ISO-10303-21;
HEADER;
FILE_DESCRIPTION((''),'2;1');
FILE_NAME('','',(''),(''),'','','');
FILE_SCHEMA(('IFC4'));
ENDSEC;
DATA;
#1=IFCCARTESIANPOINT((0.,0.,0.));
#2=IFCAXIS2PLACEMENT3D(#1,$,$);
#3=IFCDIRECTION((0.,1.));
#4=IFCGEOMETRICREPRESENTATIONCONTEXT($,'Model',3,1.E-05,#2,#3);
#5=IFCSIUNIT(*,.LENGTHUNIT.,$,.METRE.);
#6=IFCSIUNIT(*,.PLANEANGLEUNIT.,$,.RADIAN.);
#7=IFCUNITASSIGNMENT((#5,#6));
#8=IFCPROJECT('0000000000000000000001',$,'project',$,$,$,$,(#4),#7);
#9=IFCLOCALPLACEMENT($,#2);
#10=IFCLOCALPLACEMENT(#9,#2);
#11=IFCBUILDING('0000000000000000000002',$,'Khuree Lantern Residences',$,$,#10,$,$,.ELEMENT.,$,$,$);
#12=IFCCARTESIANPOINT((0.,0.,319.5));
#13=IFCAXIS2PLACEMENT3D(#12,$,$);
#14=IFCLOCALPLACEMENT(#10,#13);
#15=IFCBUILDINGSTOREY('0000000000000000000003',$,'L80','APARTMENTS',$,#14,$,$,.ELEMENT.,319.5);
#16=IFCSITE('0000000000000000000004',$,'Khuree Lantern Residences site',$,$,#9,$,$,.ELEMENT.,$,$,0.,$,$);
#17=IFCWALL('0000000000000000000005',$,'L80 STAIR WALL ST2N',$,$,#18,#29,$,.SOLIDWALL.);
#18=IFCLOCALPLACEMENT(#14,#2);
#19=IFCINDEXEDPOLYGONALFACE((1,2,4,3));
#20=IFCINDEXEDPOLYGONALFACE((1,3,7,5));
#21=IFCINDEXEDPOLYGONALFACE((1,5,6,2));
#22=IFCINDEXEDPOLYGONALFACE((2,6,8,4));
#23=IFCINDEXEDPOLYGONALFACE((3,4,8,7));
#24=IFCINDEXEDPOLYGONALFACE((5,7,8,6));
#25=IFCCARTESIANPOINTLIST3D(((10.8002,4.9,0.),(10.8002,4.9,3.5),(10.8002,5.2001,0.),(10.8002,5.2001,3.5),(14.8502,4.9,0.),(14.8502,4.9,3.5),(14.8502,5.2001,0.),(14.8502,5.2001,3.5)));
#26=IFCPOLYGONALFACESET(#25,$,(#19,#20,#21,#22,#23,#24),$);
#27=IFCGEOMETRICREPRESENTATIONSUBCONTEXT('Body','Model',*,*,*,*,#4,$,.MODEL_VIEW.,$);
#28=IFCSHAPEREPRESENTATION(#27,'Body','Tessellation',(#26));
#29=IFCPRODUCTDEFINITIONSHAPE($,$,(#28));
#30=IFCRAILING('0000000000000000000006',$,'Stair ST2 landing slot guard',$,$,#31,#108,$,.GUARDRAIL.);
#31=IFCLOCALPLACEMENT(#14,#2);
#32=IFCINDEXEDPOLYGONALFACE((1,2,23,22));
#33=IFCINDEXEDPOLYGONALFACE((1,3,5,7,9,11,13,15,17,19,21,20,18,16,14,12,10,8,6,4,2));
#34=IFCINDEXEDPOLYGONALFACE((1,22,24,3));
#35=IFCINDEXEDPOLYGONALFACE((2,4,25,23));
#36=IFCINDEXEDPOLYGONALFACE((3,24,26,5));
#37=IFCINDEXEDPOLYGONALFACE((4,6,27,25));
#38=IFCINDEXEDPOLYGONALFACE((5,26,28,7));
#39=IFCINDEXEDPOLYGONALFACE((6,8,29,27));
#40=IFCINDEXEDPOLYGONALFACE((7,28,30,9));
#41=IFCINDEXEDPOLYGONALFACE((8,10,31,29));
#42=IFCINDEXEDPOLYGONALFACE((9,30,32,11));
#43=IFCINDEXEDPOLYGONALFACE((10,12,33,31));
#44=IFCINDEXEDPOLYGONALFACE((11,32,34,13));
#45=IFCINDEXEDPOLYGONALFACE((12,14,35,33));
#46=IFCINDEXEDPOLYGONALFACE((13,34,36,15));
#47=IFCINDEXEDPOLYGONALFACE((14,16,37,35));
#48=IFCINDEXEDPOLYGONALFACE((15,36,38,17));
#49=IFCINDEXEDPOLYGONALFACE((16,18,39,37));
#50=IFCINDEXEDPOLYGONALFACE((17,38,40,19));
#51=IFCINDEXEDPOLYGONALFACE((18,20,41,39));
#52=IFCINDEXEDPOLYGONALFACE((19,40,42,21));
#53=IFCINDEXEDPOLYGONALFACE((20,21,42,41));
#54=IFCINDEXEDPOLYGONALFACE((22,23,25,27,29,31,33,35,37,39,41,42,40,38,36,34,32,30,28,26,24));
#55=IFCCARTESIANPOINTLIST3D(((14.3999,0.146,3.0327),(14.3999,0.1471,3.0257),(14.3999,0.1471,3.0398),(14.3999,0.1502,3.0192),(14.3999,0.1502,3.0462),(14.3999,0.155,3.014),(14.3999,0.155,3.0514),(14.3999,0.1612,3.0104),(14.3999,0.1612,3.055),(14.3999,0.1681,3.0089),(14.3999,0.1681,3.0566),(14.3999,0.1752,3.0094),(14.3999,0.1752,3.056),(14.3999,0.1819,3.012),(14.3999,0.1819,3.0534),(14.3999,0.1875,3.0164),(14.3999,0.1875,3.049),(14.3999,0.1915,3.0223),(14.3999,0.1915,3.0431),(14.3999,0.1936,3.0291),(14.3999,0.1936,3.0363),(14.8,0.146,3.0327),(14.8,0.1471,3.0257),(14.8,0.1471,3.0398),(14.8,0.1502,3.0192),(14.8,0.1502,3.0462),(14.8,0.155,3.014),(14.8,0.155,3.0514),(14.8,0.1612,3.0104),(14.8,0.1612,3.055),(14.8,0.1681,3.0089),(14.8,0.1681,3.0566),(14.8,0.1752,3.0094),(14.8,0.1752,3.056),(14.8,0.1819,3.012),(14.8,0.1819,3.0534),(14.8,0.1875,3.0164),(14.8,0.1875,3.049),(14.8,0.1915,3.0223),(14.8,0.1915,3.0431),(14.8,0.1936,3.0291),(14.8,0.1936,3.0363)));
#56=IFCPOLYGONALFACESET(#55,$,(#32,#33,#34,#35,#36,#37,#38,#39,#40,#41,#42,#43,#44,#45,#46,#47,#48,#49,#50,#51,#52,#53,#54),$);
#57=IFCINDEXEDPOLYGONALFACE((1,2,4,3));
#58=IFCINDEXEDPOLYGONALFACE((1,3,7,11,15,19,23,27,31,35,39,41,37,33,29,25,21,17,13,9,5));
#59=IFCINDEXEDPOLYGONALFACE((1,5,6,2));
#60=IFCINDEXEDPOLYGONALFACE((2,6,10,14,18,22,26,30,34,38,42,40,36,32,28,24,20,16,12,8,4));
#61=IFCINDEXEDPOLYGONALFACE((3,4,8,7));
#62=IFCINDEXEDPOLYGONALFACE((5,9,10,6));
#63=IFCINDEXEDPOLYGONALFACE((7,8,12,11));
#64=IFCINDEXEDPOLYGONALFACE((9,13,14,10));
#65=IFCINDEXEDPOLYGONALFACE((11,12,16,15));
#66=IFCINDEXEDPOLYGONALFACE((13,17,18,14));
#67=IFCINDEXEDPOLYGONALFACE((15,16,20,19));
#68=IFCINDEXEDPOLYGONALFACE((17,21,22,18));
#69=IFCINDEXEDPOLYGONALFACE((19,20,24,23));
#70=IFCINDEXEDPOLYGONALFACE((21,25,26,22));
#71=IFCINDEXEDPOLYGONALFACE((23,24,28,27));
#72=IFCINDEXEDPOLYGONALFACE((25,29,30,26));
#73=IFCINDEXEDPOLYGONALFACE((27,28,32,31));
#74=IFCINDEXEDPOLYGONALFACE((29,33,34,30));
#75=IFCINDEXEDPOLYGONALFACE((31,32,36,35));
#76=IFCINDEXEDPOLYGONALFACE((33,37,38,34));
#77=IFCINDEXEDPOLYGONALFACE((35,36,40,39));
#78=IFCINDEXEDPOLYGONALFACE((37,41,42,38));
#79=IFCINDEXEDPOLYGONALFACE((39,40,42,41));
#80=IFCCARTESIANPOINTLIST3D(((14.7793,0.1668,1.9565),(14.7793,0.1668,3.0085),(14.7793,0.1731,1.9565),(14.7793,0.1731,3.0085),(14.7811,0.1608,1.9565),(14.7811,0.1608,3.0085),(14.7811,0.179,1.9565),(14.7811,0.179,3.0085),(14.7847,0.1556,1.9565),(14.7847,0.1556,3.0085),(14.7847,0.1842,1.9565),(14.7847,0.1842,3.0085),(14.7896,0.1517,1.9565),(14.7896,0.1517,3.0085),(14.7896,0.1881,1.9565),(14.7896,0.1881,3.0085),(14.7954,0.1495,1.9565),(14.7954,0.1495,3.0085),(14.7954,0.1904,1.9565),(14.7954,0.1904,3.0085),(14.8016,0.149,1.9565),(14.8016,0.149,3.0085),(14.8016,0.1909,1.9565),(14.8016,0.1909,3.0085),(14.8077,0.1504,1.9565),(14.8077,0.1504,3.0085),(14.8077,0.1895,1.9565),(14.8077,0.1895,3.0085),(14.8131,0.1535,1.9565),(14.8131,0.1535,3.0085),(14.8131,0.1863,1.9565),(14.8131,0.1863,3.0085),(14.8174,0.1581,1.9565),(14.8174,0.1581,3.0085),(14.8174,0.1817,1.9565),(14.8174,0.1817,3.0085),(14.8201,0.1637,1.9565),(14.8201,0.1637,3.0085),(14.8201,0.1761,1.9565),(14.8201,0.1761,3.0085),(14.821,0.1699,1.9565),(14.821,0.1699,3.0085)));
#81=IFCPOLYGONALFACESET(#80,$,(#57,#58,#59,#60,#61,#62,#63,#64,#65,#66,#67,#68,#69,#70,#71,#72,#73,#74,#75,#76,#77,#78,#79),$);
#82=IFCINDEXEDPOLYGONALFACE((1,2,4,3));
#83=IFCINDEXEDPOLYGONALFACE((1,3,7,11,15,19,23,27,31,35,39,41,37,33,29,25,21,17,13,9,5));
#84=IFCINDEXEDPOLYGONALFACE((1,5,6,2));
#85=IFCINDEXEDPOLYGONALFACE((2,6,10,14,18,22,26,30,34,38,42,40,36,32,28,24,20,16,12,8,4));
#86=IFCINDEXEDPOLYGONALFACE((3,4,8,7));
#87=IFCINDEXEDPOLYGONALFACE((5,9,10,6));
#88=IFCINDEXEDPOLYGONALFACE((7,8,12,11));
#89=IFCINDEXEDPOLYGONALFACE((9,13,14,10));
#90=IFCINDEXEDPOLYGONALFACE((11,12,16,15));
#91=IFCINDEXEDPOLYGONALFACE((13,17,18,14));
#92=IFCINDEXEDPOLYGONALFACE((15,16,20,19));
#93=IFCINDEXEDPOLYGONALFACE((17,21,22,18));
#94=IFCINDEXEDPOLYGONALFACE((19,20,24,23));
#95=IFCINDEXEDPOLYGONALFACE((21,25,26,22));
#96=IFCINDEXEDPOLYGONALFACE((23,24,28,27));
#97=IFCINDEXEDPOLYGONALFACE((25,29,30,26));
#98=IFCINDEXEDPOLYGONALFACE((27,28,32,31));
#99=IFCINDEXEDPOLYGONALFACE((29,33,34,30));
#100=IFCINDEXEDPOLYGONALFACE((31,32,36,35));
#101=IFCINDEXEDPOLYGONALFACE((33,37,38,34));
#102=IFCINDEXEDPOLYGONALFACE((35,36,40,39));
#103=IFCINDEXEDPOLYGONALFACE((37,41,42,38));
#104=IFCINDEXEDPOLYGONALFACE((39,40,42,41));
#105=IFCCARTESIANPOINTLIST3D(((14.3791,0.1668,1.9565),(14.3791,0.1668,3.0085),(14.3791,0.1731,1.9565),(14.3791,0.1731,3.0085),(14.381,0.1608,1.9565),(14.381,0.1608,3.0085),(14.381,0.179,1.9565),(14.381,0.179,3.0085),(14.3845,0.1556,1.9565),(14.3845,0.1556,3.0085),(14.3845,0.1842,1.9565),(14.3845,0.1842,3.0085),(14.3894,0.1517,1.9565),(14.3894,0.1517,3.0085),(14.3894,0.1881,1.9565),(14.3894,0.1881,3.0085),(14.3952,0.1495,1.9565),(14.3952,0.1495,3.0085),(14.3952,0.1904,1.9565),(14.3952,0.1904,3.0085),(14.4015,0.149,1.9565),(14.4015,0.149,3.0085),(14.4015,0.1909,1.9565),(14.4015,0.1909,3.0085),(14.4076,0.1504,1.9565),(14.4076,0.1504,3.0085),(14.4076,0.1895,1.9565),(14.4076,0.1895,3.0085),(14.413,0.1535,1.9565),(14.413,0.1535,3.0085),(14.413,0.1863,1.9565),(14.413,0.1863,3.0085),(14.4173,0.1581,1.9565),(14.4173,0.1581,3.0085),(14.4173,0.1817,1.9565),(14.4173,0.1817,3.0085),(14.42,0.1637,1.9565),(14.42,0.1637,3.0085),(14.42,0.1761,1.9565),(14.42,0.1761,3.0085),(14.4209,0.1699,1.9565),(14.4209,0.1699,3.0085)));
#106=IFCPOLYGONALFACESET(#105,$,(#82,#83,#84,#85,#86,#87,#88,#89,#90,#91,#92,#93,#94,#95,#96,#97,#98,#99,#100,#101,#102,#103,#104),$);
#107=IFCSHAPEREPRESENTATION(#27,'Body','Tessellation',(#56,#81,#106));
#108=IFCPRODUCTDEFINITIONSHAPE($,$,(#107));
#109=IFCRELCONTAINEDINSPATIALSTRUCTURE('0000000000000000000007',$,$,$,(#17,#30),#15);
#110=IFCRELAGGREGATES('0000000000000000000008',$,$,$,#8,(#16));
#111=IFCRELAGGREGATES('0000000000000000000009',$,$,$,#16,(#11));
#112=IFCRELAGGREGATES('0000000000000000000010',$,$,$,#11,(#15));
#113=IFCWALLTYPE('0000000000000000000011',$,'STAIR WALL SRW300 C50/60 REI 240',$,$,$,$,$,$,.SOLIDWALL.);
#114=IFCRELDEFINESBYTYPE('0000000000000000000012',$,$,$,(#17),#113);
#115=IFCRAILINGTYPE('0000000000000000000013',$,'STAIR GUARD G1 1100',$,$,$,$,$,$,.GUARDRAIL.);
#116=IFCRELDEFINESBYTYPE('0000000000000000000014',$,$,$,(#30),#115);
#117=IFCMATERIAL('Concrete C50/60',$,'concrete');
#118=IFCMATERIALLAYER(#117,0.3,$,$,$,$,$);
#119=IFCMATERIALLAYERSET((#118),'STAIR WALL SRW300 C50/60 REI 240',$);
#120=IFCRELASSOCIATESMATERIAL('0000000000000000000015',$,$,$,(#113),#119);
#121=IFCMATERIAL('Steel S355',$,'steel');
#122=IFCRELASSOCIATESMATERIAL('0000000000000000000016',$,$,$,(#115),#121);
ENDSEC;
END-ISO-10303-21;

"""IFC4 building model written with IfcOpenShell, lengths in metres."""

from ifc_helpers import new_model, si_unit, direction, frame, frame_2d, origin, origin_2d, place, context, subcontext, project, spatial, rectangle, circle, extrude, material, layer, layer_set, type_object, element, save


model = new_model("IFC4")

# Units and contexts
model_context = context("Model", 3, precision=1e-05, world=origin(), true_north=direction((0.0, 1.0)))
body_context = subcontext(model_context, "Body", "Model", "MODEL_VIEW")
ifc_project = project(units=[si_unit("LENGTHUNIT", "METRE"), si_unit("PLANEANGLEUNIT", "RADIAN")], contexts=[model_context])

# Site, building, storey
site_placement = place(None, origin())
site = spatial("IfcSite", under=ifc_project, at=site_placement, Name="Khuree Lantern Residences site", CompositionType="ELEMENT", RefElevation=0.0)
building_placement = place(site_placement, origin())
building = spatial("IfcBuilding", under=site, at=building_placement, Name="Khuree Lantern Residences", CompositionType="ELEMENT")
storey_placement = place(building_placement, frame((0.0, 0.0, 319.5)))
storey = spatial("IfcBuildingStorey", under=building, at=storey_placement, Name="L80", Description="APARTMENTS", CompositionType="ELEMENT", Elevation=319.5)

# Shared definitions
ifc_material_1 = material(Name="Concrete C50/60", Category="concrete")

# Wall
ifc_layer_1 = layer(ifc_material_1, 0.3)
ifc_layer_set_1 = layer_set([ifc_layer_1], Name="STAIR WALL SRW300 C50/60 REI 240")
wall_type_1 = type_object("IfcWallType", Name="STAIR WALL SRW300 C50/60 REI 240", PredefinedType="SOLIDWALL", material=ifc_layer_set_1)
wall_1_placement = place(storey_placement, frame((14.8501, 5.05, 0.0), z_axis=(0.0, 0.0, 1.0), x_axis=(-1.0, 0.0, 0.0)))
element("IfcWall", 1, at=wall_1_placement, inside=storey, type_object=wall_type_1, Name="L80 STAIR WALL ST2N", PredefinedType="SOLIDWALL", context=body_context, shape_type="SweptSolid", body=[
    extrude(rectangle(XDim=4.05, YDim=0.3, at=frame_2d((2.0249, 0.0))), origin(), (0.0, 0.0, 1.0), 3.5),
])

# Railing
ifc_material_2 = material(Name="Steel S355", Category="steel")
railing_type = type_object("IfcRailingType", Name="STAIR GUARD G1 1100", PredefinedType="GUARDRAIL", material=ifc_material_2)
railing_placement = place(storey_placement, frame((14.8, 0.1699, 1.9565)))
element("IfcRailing", 2, at=railing_placement, inside=storey, type_object=railing_type, Name="Stair ST2 landing slot guard", PredefinedType="GUARDRAIL", context=body_context, shape_type="SweptSolid", body=[
    extrude(circle(Radius=0.0239, at=origin_2d()), frame((0.0, 0.0, 1.0762), z_axis=(-1.0, 0.0, 0.0), x_axis=(0.0, -1.0, 0.0)), (0.0, 0.0, 1.0), 0.4001),
    extrude(circle(Radius=0.021, at=origin_2d()), origin(), (0.0, 0.0, 1.0), 1.052),
    extrude(circle(Radius=0.021, at=origin_2d()), frame((-0.4001, 0.0, 0.0)), (0.0, 0.0, 1.0), 1.052),
])

save(model, "model.ifc")
